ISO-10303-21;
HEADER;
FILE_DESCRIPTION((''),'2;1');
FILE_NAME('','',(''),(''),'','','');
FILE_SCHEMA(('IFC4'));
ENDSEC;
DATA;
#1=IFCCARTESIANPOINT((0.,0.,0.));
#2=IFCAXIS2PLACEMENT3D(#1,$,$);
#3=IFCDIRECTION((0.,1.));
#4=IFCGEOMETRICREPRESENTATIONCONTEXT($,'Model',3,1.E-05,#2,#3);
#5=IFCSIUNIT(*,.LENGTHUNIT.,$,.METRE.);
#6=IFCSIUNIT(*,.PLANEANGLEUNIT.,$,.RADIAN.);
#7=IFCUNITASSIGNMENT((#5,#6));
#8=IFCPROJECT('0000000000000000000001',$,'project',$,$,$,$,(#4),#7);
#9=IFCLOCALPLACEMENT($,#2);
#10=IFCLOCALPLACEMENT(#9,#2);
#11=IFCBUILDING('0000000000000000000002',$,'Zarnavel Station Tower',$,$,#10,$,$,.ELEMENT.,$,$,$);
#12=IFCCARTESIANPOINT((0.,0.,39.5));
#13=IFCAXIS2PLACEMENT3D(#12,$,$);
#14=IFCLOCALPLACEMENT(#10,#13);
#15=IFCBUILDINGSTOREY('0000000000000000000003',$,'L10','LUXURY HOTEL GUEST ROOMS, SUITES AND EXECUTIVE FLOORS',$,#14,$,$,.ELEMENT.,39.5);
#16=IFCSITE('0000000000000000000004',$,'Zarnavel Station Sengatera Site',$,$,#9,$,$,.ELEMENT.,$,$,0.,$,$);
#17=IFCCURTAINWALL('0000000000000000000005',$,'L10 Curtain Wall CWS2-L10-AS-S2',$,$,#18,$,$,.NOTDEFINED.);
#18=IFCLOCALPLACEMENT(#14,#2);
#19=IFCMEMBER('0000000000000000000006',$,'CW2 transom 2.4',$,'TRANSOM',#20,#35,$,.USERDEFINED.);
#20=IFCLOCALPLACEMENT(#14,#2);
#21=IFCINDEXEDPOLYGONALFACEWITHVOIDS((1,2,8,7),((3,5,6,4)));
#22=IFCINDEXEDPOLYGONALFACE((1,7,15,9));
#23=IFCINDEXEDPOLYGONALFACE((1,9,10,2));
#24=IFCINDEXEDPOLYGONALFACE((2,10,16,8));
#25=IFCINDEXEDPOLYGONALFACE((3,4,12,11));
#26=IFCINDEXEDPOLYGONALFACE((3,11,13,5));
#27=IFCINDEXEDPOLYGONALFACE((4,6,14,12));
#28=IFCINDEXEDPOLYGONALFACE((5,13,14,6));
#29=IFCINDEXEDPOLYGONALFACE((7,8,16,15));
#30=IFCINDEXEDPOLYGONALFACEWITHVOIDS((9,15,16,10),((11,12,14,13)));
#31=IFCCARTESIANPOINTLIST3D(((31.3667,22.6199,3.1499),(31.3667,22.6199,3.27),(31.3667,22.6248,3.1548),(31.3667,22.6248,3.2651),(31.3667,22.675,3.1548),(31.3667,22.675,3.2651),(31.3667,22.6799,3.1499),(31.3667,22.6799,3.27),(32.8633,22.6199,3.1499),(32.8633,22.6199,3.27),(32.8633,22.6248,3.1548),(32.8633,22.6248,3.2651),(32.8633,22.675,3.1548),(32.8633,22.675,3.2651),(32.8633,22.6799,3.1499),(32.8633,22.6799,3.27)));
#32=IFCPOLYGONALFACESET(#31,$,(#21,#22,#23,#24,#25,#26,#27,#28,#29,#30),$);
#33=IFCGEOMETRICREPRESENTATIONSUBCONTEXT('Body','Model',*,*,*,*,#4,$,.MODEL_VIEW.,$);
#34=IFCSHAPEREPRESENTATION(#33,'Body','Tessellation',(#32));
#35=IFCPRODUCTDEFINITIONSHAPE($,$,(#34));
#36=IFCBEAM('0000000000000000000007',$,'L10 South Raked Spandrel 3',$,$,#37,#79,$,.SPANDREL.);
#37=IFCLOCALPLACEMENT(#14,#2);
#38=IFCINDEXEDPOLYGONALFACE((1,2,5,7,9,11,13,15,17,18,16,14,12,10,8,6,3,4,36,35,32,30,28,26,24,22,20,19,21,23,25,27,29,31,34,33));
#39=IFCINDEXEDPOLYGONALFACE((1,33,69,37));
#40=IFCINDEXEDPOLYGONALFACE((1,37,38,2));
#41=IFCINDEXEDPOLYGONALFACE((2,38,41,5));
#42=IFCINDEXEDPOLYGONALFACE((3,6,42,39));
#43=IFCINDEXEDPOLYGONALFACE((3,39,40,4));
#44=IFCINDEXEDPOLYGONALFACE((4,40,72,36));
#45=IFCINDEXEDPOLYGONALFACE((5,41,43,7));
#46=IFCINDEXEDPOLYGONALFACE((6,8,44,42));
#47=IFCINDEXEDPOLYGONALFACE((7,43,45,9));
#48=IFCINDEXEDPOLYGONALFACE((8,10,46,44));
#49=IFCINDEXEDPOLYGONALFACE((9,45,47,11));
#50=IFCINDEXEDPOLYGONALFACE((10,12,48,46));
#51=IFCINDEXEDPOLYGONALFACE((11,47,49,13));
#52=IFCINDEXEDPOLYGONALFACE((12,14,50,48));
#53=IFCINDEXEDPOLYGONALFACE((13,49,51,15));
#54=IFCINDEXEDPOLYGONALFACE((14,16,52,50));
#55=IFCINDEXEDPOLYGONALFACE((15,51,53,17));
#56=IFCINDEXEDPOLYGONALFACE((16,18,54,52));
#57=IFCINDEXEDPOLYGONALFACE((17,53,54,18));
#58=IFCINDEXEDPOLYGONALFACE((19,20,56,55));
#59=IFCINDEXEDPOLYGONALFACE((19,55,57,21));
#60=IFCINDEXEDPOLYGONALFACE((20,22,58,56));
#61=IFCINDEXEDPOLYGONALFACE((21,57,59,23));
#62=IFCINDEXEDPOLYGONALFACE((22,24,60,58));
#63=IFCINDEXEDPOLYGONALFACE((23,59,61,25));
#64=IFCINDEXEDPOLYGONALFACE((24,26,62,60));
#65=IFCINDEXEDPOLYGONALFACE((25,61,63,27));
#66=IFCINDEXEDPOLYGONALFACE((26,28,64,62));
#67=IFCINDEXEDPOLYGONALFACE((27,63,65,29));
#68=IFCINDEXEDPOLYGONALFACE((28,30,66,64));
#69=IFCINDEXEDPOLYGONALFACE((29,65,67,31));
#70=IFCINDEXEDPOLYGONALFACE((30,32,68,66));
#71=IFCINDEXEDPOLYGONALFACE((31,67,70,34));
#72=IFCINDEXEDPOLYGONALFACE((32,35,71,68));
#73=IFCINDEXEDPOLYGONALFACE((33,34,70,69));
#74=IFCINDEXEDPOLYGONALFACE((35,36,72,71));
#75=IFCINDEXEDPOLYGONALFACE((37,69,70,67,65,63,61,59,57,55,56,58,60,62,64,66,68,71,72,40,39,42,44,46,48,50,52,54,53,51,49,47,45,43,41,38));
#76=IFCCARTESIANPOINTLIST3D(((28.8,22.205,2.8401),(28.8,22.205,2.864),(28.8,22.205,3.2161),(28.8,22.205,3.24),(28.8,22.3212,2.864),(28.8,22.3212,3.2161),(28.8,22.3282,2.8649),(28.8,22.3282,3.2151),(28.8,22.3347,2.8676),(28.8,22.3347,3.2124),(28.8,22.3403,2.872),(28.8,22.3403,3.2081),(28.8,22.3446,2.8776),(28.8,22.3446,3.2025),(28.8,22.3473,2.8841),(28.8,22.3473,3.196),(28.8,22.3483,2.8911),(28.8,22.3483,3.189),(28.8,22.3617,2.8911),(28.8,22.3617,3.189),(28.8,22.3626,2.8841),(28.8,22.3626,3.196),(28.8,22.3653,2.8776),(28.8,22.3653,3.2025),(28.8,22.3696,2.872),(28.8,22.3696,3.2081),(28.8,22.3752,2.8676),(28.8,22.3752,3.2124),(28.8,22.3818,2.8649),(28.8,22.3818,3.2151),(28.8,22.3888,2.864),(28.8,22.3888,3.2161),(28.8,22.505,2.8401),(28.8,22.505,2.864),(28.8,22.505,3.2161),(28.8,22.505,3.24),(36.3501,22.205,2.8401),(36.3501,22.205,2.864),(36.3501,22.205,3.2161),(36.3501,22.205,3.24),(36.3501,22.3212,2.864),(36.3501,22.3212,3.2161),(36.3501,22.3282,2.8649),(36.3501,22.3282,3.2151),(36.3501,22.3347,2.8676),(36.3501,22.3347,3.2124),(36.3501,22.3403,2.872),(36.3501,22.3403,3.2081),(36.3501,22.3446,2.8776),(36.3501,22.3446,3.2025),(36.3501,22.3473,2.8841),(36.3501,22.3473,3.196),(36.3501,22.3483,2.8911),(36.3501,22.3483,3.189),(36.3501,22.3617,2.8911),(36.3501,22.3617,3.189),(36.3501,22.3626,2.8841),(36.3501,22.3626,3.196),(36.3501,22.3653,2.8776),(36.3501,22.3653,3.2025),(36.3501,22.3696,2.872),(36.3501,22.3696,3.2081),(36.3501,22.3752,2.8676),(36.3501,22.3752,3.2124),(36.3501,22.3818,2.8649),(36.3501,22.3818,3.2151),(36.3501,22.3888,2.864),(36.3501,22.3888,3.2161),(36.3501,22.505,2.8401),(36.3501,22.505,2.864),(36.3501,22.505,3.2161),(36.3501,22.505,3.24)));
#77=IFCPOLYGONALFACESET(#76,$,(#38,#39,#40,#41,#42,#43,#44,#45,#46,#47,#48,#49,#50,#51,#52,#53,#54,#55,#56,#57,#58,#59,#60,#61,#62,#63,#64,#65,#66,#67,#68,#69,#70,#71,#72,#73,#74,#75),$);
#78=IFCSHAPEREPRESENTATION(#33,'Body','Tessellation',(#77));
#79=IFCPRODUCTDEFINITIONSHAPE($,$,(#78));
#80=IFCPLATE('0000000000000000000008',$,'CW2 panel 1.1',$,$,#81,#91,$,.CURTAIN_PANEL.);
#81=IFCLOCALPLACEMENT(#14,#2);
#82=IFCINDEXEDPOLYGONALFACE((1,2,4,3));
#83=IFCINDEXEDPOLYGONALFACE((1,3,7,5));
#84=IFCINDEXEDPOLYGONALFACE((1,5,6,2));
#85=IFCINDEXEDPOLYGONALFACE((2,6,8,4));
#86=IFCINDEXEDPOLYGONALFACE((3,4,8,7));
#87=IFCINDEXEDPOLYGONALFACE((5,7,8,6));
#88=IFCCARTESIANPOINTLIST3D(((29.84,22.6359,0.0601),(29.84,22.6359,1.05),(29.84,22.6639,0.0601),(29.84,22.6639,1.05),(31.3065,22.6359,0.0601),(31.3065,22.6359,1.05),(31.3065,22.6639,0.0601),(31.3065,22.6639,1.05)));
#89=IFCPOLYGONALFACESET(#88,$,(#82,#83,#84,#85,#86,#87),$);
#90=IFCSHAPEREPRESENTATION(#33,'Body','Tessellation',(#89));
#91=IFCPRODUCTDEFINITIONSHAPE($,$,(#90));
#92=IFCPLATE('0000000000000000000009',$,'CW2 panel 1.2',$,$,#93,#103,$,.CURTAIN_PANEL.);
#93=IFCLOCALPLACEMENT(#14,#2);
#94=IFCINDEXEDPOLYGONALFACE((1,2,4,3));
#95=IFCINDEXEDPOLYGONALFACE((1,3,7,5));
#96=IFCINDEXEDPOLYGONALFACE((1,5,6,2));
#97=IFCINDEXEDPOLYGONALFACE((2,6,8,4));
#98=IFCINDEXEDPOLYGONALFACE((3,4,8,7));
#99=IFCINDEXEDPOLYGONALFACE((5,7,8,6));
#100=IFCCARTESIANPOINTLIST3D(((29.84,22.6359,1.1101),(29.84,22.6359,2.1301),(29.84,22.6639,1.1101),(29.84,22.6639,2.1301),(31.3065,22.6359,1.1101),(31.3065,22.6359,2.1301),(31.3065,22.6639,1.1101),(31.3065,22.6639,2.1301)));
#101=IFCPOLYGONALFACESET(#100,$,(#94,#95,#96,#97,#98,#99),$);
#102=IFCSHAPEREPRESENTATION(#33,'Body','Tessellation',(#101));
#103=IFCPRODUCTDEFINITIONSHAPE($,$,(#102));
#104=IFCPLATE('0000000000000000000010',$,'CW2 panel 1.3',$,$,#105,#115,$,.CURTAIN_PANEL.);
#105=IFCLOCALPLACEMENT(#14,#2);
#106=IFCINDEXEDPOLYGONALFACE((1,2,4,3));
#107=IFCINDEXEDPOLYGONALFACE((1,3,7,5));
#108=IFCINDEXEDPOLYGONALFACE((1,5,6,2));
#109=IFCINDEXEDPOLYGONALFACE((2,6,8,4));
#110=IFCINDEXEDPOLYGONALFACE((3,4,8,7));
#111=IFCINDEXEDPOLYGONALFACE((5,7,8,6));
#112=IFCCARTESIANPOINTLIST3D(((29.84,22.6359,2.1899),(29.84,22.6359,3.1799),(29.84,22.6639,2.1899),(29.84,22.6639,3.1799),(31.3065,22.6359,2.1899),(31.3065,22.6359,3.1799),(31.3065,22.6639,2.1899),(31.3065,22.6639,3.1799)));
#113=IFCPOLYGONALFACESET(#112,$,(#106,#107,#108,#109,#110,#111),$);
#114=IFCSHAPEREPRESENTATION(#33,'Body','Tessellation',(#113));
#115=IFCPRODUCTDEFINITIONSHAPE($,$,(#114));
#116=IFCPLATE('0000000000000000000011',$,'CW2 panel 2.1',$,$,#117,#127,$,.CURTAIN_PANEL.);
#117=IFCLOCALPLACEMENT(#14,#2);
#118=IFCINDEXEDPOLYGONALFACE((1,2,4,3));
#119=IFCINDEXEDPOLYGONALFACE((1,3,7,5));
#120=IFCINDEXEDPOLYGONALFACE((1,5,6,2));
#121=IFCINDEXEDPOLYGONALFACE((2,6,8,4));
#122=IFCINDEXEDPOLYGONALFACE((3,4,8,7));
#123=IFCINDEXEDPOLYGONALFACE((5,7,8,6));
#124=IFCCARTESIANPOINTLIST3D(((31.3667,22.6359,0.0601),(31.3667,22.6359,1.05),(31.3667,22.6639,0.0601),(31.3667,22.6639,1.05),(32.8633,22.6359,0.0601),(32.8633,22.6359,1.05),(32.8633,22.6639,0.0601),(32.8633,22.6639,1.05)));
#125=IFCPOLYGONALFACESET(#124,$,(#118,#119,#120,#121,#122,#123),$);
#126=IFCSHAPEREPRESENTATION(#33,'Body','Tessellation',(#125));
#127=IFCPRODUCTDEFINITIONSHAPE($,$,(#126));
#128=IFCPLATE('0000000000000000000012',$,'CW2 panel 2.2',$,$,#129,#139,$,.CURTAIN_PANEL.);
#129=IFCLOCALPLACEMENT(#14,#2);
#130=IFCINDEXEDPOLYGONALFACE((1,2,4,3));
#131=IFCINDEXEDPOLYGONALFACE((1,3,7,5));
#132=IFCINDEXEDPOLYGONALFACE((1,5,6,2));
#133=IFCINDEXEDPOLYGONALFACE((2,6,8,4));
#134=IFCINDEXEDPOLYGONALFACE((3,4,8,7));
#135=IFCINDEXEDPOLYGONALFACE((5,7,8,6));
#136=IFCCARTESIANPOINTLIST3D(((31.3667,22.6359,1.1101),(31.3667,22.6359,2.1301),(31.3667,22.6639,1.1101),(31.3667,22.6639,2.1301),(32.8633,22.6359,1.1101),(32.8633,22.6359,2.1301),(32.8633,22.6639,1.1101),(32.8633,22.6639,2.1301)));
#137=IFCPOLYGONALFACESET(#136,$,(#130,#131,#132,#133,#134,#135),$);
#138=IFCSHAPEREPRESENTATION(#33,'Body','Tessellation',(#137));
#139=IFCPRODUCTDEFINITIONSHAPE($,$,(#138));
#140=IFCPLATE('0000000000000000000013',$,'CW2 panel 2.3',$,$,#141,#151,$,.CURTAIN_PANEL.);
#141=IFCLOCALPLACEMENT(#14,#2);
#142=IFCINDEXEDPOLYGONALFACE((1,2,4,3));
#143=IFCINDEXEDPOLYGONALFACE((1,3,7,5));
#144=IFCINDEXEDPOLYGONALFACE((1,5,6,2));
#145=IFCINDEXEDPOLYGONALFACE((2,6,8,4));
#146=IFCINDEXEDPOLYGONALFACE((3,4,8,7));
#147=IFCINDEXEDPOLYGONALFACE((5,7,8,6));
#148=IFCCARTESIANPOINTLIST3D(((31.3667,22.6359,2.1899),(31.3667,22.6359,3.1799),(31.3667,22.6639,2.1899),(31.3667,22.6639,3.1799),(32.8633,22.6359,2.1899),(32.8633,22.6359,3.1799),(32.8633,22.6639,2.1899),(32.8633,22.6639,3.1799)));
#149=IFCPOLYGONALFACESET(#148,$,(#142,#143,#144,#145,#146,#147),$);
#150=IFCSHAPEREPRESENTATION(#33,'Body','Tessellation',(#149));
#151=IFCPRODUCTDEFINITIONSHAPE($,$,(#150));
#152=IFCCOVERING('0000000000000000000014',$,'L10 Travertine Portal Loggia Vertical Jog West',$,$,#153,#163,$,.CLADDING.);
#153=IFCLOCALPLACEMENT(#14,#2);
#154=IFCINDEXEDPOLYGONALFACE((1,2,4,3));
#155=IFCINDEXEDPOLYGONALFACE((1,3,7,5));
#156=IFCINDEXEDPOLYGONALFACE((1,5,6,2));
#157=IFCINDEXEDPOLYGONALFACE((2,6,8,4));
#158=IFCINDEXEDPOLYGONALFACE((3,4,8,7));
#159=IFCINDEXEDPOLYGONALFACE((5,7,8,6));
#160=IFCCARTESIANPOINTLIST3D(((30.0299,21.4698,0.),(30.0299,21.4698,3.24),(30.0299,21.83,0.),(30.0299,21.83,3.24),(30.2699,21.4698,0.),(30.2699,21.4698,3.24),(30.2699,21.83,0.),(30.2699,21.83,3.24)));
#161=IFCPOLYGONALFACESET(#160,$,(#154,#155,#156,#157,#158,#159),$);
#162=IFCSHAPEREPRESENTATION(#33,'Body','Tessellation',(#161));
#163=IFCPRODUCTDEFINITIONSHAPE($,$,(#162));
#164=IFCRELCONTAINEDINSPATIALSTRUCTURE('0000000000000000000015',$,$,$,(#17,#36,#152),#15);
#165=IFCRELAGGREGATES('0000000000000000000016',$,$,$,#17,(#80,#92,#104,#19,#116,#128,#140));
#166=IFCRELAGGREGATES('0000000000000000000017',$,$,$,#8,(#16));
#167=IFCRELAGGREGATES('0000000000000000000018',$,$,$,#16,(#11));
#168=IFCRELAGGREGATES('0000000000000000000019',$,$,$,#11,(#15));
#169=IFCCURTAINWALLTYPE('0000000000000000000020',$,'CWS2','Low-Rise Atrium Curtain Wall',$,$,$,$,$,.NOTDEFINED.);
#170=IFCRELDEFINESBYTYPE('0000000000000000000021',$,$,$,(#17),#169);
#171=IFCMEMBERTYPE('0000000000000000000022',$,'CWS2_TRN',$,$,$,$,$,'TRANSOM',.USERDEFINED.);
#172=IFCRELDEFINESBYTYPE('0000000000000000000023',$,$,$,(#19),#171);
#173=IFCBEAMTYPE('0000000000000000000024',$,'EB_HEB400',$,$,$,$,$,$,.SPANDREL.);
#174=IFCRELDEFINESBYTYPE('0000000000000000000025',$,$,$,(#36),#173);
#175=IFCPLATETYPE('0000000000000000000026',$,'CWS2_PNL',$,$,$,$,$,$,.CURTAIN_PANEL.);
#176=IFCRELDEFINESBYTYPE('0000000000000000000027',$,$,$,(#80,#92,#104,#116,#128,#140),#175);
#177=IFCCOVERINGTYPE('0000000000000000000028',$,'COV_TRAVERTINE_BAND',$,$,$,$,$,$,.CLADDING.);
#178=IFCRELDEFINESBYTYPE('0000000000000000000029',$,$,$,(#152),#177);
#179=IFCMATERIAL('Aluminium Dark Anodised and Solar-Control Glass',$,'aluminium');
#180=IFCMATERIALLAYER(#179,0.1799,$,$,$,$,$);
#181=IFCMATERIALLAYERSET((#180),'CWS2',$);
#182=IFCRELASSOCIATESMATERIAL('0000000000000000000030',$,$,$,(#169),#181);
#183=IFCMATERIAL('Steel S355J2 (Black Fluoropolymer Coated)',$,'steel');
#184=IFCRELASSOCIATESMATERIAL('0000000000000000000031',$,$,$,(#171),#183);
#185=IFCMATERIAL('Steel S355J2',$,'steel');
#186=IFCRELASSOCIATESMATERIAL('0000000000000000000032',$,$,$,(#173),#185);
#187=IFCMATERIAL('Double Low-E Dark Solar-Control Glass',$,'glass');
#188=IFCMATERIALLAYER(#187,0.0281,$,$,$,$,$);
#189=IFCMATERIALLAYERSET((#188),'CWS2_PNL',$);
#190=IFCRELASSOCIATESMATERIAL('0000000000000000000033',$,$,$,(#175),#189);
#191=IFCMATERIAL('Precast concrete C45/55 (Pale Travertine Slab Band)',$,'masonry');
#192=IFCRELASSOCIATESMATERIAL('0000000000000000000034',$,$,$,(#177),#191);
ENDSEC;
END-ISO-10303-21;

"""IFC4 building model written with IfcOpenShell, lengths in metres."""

from ifc_helpers import new_model, si_unit, direction, frame, origin, origin_2d, place, context, subcontext, project, spatial, rectangle, hollow_rectangle, i_section, extrude, material, layer, layer_set, material_profile, profile_set, type_object, element, aggregate, save


model = new_model("IFC4")

# Units and contexts
model_context = context("Model", 3, precision=1e-05, world=origin(), true_north=direction((0.0, 1.0)))
body_context = subcontext(model_context, "Body", "Model", "MODEL_VIEW")
ifc_project = project(units=[si_unit("LENGTHUNIT", "METRE"), si_unit("PLANEANGLEUNIT", "RADIAN")], contexts=[model_context])

# Site, building, storey
site_placement = place(None, origin())
site = spatial("IfcSite", under=ifc_project, at=site_placement, Name="Zarnavel Station Sengatera Site", CompositionType="ELEMENT", RefElevation=0.0)
building_placement = place(site_placement, origin())
building = spatial("IfcBuilding", under=site, at=building_placement, Name="Zarnavel Station Tower", CompositionType="ELEMENT")
storey_placement = place(building_placement, frame((0.0, 0.0, 39.5)))
storey = spatial("IfcBuildingStorey", under=building, at=storey_placement, Name="L10", Description="LUXURY HOTEL GUEST ROOMS, SUITES AND EXECUTIVE FLOORS", CompositionType="ELEMENT", Elevation=39.5)

# Shared definitions
ifc_material_1 = material(Name="Aluminium Dark Anodised and Solar-Control Glass", Category="aluminium")
ifc_layer_1 = layer(ifc_material_1, 0.1799)
ifc_layer_set_1 = layer_set([ifc_layer_1], Name="CWS2")
curtain_wall_type = type_object("IfcCurtainWallType", Name="CWS2", Description="Low-Rise Atrium Curtain Wall", PredefinedType="NOTDEFINED", material=ifc_layer_set_1)

# Curtain wall, member
curtain_wall_1_placement = place(storey_placement, origin())
curtain_wall_1 = element("IfcCurtainWall", 1, at=curtain_wall_1_placement, inside=storey, type_object=curtain_wall_type, Name="L10 Curtain Wall CWS2-L10-AS-S2", PredefinedType="NOTDEFINED")
ifc_material_2 = material(Name="Steel S355J2 (Black Fluoropolymer Coated)", Category="steel")
ifc_material_profile_1 = material_profile(ifc_material_2, hollow_rectangle(XDim=0.0601, YDim=0.1201, WallThickness=0.0049, at=origin_2d()), Name="RHS120x60x5")
ifc_profile_set_1 = profile_set([ifc_material_profile_1], Name="Steel S355J2 (Black Fluoropolymer Coated)")
member_type_1 = type_object("IfcMemberType", Name="CWS2_TRN", ElementType="TRANSOM", PredefinedType="USERDEFINED", material=ifc_profile_set_1)
member_1_placement = place(storey_placement, frame((31.3667, 22.6499, 3.21), z_axis=(1.0, 0.0, 0.0), x_axis=(0.0, 1.0, 0.0)))
member_1 = element("IfcMember", 2, at=member_1_placement, type_object=member_type_1, Name="CW2 transom 2.4", ObjectType="TRANSOM", PredefinedType="USERDEFINED", context=body_context, shape_type="SweptSolid", body=[
    extrude(hollow_rectangle(XDim=0.0601, YDim=0.1201, WallThickness=0.0049, at=origin_2d()), origin(), (0.0, 0.0, 1.0), 1.4966),
])

# Beam
ifc_material_3 = material(Name="Steel S355J2", Category="steel")
ifc_material_profile_2 = material_profile(ifc_material_3, i_section(OverallWidth=0.3, OverallDepth=0.3999, WebThickness=0.0134, FlangeThickness=0.0239, FilletRadius=0.0271, at=origin_2d()), Name="HEB400")
ifc_profile_set_2 = profile_set([ifc_material_profile_2], Name="Steel S355J2")
beam_type = type_object("IfcBeamType", Name="EB_HEB400", PredefinedType="SPANDREL", material=ifc_profile_set_2)
beam_placement = place(storey_placement, frame((28.8, 22.355, 3.04), z_axis=(1.0, 0.0, 0.0), x_axis=(0.0, 1.0, 0.0)))
element("IfcBeam", 3, at=beam_placement, inside=storey, type_object=beam_type, Name="L10 South Raked Spandrel 3", PredefinedType="SPANDREL", context=body_context, shape_type="SweptSolid", body=[
    extrude(i_section(OverallWidth=0.3, OverallDepth=0.3999, WebThickness=0.0134, FlangeThickness=0.0239, FilletRadius=0.0271, at=origin_2d()), origin(), (0.0, 0.0, 1.0), 7.55),
])

# Plates
ifc_material_4 = material(Name="Double Low-E Dark Solar-Control Glass", Category="glass")
ifc_layer_2 = layer(ifc_material_4, 0.0281)
ifc_layer_set_2 = layer_set([ifc_layer_2], Name="CWS2_PNL")
plate_type = type_object("IfcPlateType", Name="CWS2_PNL", PredefinedType="CURTAIN_PANEL", material=ifc_layer_set_2)
plate_1_placement = place(storey_placement, frame((30.5732, 22.6499, 0.0601), z_axis=(0.0, 0.0, 1.0), x_axis=(1.0, 0.0, 0.0)))
plate_1 = element("IfcPlate", 4, at=plate_1_placement, type_object=plate_type, Name="CW2 panel 1.1", PredefinedType="CURTAIN_PANEL", context=body_context, shape_type="SweptSolid", body=[
    extrude(rectangle(XDim=1.4666, YDim=0.0281, at=origin_2d()), origin(), (0.0, 0.0, 1.0), 0.99),
])
plate_2_placement = place(storey_placement, frame((30.5732, 22.6499, 1.1101), z_axis=(0.0, 0.0, 1.0), x_axis=(1.0, 0.0, 0.0)))
plate_2 = element("IfcPlate", 5, at=plate_2_placement, type_object=plate_type, Name="CW2 panel 1.2", PredefinedType="CURTAIN_PANEL", context=body_context, shape_type="SweptSolid", body=[
    extrude(rectangle(XDim=1.4666, YDim=0.0281, at=origin_2d()), origin(), (0.0, 0.0, 1.0), 1.02),
])
plate_3_placement = place(storey_placement, frame((30.5732, 22.6499, 2.1899), z_axis=(0.0, 0.0, 1.0), x_axis=(1.0, 0.0, 0.0)))
plate_3 = element("IfcPlate", 6, at=plate_3_placement, type_object=plate_type, Name="CW2 panel 1.3", PredefinedType="CURTAIN_PANEL", context=body_context, shape_type="SweptSolid", body=[
    extrude(rectangle(XDim=1.4666, YDim=0.0281, at=origin_2d()), origin(), (0.0, 0.0, 1.0), 0.99),
])
plate_4_placement = place(storey_placement, frame((32.115, 22.6499, 0.0601), z_axis=(0.0, 0.0, 1.0), x_axis=(1.0, 0.0, 0.0)))
plate_4 = element("IfcPlate", 7, at=plate_4_placement, type_object=plate_type, Name="CW2 panel 2.1", PredefinedType="CURTAIN_PANEL", context=body_context, shape_type="SweptSolid", body=[
    extrude(rectangle(XDim=1.4966, YDim=0.0281, at=origin_2d()), origin(), (0.0, 0.0, 1.0), 0.99),
])
plate_5_placement = place(storey_placement, frame((32.115, 22.6499, 1.1101), z_axis=(0.0, 0.0, 1.0), x_axis=(1.0, 0.0, 0.0)))
plate_5 = element("IfcPlate", 8, at=plate_5_placement, type_object=plate_type, Name="CW2 panel 2.2", PredefinedType="CURTAIN_PANEL", context=body_context, shape_type="SweptSolid", body=[
    extrude(rectangle(XDim=1.4966, YDim=0.0281, at=origin_2d()), origin(), (0.0, 0.0, 1.0), 1.02),
])
plate_6_placement = place(storey_placement, frame((32.115, 22.6499, 2.1899), z_axis=(0.0, 0.0, 1.0), x_axis=(1.0, 0.0, 0.0)))
plate_6 = element("IfcPlate", 9, at=plate_6_placement, type_object=plate_type, Name="CW2 panel 2.3", PredefinedType="CURTAIN_PANEL", context=body_context, shape_type="SweptSolid", body=[
    extrude(rectangle(XDim=1.4966, YDim=0.0281, at=origin_2d()), origin(), (0.0, 0.0, 1.0), 0.99),
])
aggregate(curtain_wall_1, [plate_1, plate_2, plate_3, member_1, plate_4, plate_5, plate_6])

# Covering
ifc_material_5 = material(Name="Precast concrete C45/55 (Pale Travertine Slab Band)", Category="masonry")
covering_type = type_object("IfcCoveringType", Name="COV_TRAVERTINE_BAND", PredefinedType="CLADDING", material=ifc_material_5)
covering_placement = place(storey_placement, frame((30.1499, 21.6499, 0.0), z_axis=(0.0, 0.0, 1.0), x_axis=(1.0, 0.0, 0.0)))
element("IfcCovering", 10, at=covering_placement, inside=storey, type_object=covering_type, Name="L10 Travertine Portal Loggia Vertical Jog West", PredefinedType="CLADDING", context=body_context, shape_type="SweptSolid", body=[
    extrude(rectangle(XDim=0.24, YDim=0.3601, at=origin_2d()), origin(), (0.0, 0.0, 1.0), 3.24),
])

save(model, "model.ifc")
